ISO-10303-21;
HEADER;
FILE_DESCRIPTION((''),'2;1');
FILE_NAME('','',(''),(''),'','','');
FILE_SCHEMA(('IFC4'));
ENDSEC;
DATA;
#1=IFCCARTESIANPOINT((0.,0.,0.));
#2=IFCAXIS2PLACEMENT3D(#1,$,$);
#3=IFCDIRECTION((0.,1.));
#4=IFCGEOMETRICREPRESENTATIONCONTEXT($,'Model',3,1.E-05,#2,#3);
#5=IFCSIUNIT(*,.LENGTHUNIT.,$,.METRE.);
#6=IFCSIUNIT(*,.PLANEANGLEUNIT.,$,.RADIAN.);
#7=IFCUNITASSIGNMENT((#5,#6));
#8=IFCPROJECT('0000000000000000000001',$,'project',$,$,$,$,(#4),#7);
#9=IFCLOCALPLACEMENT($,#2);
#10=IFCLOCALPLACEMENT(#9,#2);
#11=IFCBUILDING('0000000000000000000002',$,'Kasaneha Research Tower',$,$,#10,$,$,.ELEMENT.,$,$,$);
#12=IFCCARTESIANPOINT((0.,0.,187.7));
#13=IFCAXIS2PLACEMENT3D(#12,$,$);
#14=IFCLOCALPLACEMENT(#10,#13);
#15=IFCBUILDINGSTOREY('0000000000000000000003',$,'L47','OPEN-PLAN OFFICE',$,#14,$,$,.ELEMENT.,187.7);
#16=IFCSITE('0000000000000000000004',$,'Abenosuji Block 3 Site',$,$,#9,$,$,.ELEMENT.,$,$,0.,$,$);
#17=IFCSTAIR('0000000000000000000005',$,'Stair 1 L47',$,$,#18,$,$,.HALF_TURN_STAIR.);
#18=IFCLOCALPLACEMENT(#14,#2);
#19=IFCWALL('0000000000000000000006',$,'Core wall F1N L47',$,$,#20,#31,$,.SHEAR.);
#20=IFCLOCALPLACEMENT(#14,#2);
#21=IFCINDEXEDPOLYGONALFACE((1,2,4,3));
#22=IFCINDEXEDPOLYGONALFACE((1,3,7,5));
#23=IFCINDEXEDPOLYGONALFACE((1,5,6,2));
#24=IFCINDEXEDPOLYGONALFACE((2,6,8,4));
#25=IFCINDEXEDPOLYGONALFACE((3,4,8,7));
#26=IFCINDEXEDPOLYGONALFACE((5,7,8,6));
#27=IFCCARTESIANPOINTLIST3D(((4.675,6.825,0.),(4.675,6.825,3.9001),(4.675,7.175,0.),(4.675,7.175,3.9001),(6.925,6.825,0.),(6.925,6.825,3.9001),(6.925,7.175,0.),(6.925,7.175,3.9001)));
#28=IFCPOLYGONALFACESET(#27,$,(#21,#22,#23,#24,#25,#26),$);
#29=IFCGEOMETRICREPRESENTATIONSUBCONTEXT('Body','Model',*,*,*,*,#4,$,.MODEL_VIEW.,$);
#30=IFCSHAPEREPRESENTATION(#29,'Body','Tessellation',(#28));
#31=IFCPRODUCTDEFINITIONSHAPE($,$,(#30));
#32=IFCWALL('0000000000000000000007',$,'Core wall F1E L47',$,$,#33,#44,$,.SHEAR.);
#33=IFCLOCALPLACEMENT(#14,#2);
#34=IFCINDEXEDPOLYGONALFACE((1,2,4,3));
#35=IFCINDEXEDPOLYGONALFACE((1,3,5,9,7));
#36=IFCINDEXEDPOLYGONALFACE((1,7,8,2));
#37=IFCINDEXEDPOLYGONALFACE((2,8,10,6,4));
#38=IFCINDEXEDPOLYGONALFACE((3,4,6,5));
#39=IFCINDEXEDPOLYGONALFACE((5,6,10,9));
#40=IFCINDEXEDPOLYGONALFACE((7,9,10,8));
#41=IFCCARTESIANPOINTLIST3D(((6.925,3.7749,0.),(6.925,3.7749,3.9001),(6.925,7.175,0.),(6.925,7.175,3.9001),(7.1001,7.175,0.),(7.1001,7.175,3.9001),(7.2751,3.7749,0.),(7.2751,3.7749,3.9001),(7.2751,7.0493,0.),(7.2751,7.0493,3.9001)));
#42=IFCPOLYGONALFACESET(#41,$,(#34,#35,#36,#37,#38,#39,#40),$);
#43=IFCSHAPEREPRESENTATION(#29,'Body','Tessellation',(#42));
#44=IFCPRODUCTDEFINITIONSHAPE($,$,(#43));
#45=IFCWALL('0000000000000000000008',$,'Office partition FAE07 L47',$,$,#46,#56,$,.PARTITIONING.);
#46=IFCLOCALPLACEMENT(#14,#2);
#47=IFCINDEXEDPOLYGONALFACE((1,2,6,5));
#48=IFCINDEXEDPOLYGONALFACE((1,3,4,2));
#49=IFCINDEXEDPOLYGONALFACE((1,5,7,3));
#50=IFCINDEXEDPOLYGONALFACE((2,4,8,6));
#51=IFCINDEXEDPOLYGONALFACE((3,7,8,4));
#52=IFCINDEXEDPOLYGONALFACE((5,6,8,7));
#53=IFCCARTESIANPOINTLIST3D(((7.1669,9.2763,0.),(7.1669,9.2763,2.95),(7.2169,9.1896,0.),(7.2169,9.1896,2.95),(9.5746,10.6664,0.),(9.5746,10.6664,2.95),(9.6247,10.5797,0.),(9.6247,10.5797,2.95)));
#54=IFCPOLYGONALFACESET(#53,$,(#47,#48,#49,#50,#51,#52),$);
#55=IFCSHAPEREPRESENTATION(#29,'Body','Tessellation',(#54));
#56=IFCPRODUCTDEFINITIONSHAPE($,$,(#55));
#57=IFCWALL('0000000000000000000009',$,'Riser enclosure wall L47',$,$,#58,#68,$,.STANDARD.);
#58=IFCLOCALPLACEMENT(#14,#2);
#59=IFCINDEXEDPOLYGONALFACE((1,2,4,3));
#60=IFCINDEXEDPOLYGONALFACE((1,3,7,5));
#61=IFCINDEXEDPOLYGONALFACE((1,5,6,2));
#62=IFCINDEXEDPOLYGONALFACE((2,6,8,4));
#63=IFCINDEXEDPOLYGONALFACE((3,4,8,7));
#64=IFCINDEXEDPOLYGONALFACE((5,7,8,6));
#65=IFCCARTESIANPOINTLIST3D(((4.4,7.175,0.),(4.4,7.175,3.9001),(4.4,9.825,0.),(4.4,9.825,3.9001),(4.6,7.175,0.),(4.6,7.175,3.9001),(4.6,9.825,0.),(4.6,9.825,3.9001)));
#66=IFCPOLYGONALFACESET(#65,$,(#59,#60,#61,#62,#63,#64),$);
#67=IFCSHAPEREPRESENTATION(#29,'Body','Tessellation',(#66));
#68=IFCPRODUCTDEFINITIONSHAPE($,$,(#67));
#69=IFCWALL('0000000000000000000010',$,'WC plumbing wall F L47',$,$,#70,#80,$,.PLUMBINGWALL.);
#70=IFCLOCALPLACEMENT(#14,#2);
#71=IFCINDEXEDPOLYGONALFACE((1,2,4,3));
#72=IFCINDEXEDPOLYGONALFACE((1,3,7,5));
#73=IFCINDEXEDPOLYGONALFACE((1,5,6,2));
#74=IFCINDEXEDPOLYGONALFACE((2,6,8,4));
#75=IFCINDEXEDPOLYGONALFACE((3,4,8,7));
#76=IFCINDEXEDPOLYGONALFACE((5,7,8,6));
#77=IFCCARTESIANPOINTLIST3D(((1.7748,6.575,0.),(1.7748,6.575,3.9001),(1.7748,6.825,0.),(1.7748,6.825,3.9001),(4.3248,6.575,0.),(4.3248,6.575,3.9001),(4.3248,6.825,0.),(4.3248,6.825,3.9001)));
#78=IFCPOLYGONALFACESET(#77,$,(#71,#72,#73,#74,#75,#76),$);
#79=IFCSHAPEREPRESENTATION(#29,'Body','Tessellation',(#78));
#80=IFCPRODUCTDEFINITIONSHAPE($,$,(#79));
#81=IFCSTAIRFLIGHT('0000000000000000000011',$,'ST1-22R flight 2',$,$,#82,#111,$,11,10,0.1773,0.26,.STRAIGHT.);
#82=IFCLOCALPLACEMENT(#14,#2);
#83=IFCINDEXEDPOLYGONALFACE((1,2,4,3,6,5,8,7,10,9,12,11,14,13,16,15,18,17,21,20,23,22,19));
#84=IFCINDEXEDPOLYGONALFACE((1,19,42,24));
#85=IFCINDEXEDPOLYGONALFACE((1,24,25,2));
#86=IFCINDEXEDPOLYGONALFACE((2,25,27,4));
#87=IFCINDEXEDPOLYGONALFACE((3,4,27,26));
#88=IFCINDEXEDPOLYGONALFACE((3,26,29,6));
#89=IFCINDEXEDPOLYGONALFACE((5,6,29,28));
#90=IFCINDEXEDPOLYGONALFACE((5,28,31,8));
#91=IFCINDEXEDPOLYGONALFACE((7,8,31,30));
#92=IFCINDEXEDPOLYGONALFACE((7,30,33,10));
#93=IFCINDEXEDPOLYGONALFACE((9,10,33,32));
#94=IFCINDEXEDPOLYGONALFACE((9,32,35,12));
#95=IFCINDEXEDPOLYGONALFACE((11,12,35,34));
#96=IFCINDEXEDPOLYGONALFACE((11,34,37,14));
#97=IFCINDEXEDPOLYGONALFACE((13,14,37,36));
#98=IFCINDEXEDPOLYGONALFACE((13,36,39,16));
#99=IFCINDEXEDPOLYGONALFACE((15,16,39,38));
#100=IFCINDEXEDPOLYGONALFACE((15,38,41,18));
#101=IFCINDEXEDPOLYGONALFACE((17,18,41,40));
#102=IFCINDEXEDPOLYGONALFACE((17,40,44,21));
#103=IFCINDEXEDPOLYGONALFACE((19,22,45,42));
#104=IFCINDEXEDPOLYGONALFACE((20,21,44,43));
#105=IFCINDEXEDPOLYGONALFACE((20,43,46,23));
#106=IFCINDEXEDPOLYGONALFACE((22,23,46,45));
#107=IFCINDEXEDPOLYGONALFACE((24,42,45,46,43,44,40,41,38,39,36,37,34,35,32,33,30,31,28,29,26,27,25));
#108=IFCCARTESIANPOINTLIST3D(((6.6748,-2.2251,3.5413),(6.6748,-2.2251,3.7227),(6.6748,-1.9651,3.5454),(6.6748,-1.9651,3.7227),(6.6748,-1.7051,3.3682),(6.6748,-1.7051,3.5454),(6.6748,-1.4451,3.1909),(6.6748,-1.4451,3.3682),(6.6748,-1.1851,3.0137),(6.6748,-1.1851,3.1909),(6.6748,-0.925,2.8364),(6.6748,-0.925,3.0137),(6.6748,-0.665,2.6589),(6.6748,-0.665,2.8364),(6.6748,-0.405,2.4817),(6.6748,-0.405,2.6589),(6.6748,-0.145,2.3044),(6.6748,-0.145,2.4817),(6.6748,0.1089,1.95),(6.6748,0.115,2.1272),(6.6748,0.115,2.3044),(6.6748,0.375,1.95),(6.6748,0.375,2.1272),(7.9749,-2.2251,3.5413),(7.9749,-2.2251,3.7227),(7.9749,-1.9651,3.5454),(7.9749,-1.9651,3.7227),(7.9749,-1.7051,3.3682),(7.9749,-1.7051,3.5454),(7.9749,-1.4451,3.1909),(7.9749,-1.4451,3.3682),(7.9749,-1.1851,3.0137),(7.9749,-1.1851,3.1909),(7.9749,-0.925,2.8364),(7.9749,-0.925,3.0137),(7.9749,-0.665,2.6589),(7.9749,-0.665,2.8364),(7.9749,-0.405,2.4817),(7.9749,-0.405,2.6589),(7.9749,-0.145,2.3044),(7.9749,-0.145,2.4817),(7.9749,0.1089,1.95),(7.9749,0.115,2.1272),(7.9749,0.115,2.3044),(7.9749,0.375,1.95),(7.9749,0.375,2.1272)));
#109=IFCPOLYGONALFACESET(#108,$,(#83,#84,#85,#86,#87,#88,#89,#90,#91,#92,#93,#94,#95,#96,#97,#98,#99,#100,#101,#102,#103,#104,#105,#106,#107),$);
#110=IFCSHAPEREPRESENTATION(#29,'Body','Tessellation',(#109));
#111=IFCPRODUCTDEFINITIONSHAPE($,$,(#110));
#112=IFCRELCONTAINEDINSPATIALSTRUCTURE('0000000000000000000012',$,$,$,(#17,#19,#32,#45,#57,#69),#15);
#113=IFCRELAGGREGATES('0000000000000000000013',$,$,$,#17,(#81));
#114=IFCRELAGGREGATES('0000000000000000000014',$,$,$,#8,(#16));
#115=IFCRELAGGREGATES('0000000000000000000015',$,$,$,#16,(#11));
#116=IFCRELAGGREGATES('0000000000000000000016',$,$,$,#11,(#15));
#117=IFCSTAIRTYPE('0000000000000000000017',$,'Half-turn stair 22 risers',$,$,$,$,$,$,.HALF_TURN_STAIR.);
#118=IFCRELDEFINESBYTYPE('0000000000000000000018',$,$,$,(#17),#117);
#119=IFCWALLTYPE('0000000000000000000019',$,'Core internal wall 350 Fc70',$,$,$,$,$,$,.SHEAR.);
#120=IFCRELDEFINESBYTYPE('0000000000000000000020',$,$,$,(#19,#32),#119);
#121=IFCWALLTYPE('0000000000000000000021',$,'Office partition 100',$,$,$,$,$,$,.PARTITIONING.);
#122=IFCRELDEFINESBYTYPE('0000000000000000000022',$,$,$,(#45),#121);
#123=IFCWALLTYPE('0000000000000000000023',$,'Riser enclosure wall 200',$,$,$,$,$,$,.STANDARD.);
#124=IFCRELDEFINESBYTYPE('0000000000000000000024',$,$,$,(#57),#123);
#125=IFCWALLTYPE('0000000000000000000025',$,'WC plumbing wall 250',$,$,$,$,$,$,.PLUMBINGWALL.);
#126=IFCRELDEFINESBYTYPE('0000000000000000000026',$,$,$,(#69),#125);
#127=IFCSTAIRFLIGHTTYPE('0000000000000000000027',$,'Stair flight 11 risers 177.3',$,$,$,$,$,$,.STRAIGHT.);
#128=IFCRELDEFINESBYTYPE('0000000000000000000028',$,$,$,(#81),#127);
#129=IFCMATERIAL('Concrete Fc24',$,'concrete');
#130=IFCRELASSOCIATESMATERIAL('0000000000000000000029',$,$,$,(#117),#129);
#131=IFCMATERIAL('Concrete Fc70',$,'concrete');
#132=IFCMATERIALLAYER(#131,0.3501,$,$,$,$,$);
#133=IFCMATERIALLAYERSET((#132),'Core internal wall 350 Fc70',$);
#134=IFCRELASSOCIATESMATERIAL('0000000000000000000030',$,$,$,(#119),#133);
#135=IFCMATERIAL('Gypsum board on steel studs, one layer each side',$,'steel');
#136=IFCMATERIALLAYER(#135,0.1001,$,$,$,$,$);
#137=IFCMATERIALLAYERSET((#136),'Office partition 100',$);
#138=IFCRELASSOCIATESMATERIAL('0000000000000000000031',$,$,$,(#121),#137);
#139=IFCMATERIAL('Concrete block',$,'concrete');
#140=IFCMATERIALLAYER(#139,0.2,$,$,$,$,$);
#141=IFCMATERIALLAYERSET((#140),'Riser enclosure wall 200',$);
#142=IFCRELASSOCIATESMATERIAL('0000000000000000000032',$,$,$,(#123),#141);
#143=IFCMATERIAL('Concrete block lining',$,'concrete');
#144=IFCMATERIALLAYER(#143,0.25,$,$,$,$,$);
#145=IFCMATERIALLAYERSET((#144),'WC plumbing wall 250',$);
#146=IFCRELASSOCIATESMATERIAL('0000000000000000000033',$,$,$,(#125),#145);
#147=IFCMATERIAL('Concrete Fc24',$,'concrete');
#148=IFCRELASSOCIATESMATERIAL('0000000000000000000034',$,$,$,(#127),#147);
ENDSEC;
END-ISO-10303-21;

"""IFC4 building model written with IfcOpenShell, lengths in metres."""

from ifc_helpers import new_model, si_unit, direction, frame, frame_2d, origin, place, context, subcontext, project, spatial, polyline, rectangle, outline, extrude, material, layer, layer_set, type_object, element, aggregate, save


model = new_model("IFC4")

# Units and contexts
model_context = context("Model", 3, precision=1e-05, world=origin(), true_north=direction((0.0, 1.0)))
body_context = subcontext(model_context, "Body", "Model", "MODEL_VIEW")
ifc_project = project(units=[si_unit("LENGTHUNIT", "METRE"), si_unit("PLANEANGLEUNIT", "RADIAN")], contexts=[model_context])

# Site, building, storey
site_placement = place(None, origin())
site = spatial("IfcSite", under=ifc_project, at=site_placement, Name="Abenosuji Block 3 Site", CompositionType="ELEMENT", RefElevation=0.0)
building_placement = place(site_placement, origin())
building = spatial("IfcBuilding", under=site, at=building_placement, Name="Kasaneha Research Tower", CompositionType="ELEMENT")
storey_placement = place(building_placement, frame((0.0, 0.0, 187.7)))
storey = spatial("IfcBuildingStorey", under=building, at=storey_placement, Name="L47", Description="OPEN-PLAN OFFICE", CompositionType="ELEMENT", Elevation=187.7)

# Stair
ifc_material_1 = material(Name="Concrete Fc24", Category="concrete")
stair_type = type_object("IfcStairType", Name="Half-turn stair 22 risers", PredefinedType="HALF_TURN_STAIR", material=ifc_material_1)
stair_1_placement = place(storey_placement, origin())
stair_1 = element("IfcStair", 1, at=stair_1_placement, inside=storey, type_object=stair_type, Name="Stair 1 L47", PredefinedType="HALF_TURN_STAIR")

# Shared definitions
ifc_material_2 = material(Name="Concrete Fc70", Category="concrete")
ifc_layer_1 = layer(ifc_material_2, 0.3501)
ifc_layer_set_1 = layer_set([ifc_layer_1], Name="Core internal wall 350 Fc70")
wall_type_1 = type_object("IfcWallType", Name="Core internal wall 350 Fc70", PredefinedType="SHEAR", material=ifc_layer_set_1)

# Walls
wall_1_placement = place(storey_placement, frame((4.675, 7.0, 0.0), z_axis=(0.0, 0.0, 1.0), x_axis=(1.0, 0.0, 0.0)))
element("IfcWall", 2, at=wall_1_placement, inside=storey, type_object=wall_type_1, Name="Core wall F1N L47", PredefinedType="SHEAR", context=body_context, shape_type="SweptSolid", body=[
    extrude(rectangle(XDim=2.25, YDim=0.3501, at=frame_2d((1.125, 0.0))), origin(), (0.0, 0.0, 1.0), 3.9001),
])
wall_2_placement = place(storey_placement, frame((7.1001, 3.7749, 0.0), z_axis=(0.0, 0.0, 1.0), x_axis=(0.0, 1.0, 0.0)))
element("IfcWall", 3, at=wall_2_placement, inside=storey, type_object=wall_type_1, Name="Core wall F1E L47", PredefinedType="SHEAR", context=body_context, shape_type="SweptSolid", body=[
    extrude(outline(polyline([(0.0, -0.175), (3.2744, -0.175), (3.4001, 0.0), (3.4001, 0.175), (0.0, 0.175), (0.0, -0.175)])), origin(), (0.0, 0.0, 1.0), 3.9001),
])

# Walls
ifc_material_3 = material(Name="Gypsum board on steel studs, one layer each side", Category="steel")
ifc_layer_2 = layer(ifc_material_3, 0.1001)
ifc_layer_set_2 = layer_set([ifc_layer_2], Name="Office partition 100")
wall_type_2 = type_object("IfcWallType", Name="Office partition 100", PredefinedType="PARTITIONING", material=ifc_layer_set_2)
wall_3_placement = place(storey_placement, frame((7.1919, 9.2329, 0.0), z_axis=(0.0, 0.0, 1.0), x_axis=(0.866019, 0.500011, 0.0)))
element("IfcWall", 4, at=wall_3_placement, inside=storey, type_object=wall_type_2, Name="Office partition FAE07 L47", PredefinedType="PARTITIONING", context=body_context, shape_type="SweptSolid", body=[
    extrude(rectangle(XDim=2.7803, YDim=0.1001, at=frame_2d((1.3901, 0.0))), origin(), (0.0, 0.0, 1.0), 2.95),
])
ifc_material_4 = material(Name="Concrete block", Category="concrete")
ifc_layer_3 = layer(ifc_material_4, 0.2)
ifc_layer_set_3 = layer_set([ifc_layer_3], Name="Riser enclosure wall 200")
wall_type_3 = type_object("IfcWallType", Name="Riser enclosure wall 200", PredefinedType="STANDARD", material=ifc_layer_set_3)
wall_4_placement = place(storey_placement, frame((4.5, 7.175, 0.0), z_axis=(0.0, 0.0, 1.0), x_axis=(0.0, 1.0, 0.0)))
element("IfcWall", 5, at=wall_4_placement, inside=storey, type_object=wall_type_3, Name="Riser enclosure wall L47", PredefinedType="STANDARD", context=body_context, shape_type="SweptSolid", body=[
    extrude(rectangle(XDim=2.6499, YDim=0.2, at=frame_2d((1.325, 0.0))), origin(), (0.0, 0.0, 1.0), 3.9001),
])
ifc_material_5 = material(Name="Concrete block lining", Category="concrete")
ifc_layer_4 = layer(ifc_material_5, 0.25)
ifc_layer_set_4 = layer_set([ifc_layer_4], Name="WC plumbing wall 250")
wall_type_4 = type_object("IfcWallType", Name="WC plumbing wall 250", PredefinedType="PLUMBINGWALL", material=ifc_layer_set_4)
wall_5_placement = place(storey_placement, frame((1.7749, 6.7, 0.0), z_axis=(0.0, 0.0, 1.0), x_axis=(1.0, 0.0, 0.0)))
element("IfcWall", 6, at=wall_5_placement, inside=storey, type_object=wall_type_4, Name="WC plumbing wall F L47", PredefinedType="PLUMBINGWALL", context=body_context, shape_type="SweptSolid", body=[
    extrude(rectangle(XDim=2.55, YDim=0.25, at=frame_2d((1.2749, 0.0))), origin(), (0.0, 0.0, 1.0), 3.9001),
])

# Stair flight
ifc_material_6 = material(Name="Concrete Fc24", Category="concrete")
stair_flight_type = type_object("IfcStairFlightType", Name="Stair flight 11 risers 177.3", PredefinedType="STRAIGHT", material=ifc_material_6)
stair_flight_placement = place(storey_placement, frame((7.325, 0.375, 1.95), z_axis=(0.0, 0.0, 1.0), x_axis=(0.0, -1.0, 0.0)))
stair_flight = element("IfcStairFlight", 7, at=stair_flight_placement, type_object=stair_flight_type, Name="ST1-22R flight 2", NumberOfRisers=11, NumberOfTreads=10, PredefinedType="STRAIGHT", RiserHeight=0.1773, TreadLength=0.26, context=body_context, shape_type="SweptSolid", body=[
    extrude(outline(polyline([(0.0, 0.0), (0.0, 0.1772), (0.26, 0.1772), (0.26, 0.3545), (0.52, 0.3545), (0.52, 0.5317), (0.78, 0.5317), (0.78, 0.709), (1.04, 0.709), (1.04, 0.8865), (1.3, 0.8865), (1.3, 1.0637), (1.5601, 1.0637), (1.5601, 1.241), (1.8201, 1.241), (1.8201, 1.4182), (2.0801, 1.4182), (2.0801, 1.5955), (2.3401, 1.5955), (2.3401, 1.7727), (2.6001, 1.7727), (2.6001, 1.95), (2.6001, 1.5913), (0.2661, 0.0), (0.0, 0.0)])), frame((0.0, 0.6499, 0.0), z_axis=(0.0, -1.0, 0.0), x_axis=(1.0, 0.0, 0.0)), (0.0, 0.0, 1.0), 1.3),
])
aggregate(stair_1, [stair_flight])

save(model, "model.ifc")
